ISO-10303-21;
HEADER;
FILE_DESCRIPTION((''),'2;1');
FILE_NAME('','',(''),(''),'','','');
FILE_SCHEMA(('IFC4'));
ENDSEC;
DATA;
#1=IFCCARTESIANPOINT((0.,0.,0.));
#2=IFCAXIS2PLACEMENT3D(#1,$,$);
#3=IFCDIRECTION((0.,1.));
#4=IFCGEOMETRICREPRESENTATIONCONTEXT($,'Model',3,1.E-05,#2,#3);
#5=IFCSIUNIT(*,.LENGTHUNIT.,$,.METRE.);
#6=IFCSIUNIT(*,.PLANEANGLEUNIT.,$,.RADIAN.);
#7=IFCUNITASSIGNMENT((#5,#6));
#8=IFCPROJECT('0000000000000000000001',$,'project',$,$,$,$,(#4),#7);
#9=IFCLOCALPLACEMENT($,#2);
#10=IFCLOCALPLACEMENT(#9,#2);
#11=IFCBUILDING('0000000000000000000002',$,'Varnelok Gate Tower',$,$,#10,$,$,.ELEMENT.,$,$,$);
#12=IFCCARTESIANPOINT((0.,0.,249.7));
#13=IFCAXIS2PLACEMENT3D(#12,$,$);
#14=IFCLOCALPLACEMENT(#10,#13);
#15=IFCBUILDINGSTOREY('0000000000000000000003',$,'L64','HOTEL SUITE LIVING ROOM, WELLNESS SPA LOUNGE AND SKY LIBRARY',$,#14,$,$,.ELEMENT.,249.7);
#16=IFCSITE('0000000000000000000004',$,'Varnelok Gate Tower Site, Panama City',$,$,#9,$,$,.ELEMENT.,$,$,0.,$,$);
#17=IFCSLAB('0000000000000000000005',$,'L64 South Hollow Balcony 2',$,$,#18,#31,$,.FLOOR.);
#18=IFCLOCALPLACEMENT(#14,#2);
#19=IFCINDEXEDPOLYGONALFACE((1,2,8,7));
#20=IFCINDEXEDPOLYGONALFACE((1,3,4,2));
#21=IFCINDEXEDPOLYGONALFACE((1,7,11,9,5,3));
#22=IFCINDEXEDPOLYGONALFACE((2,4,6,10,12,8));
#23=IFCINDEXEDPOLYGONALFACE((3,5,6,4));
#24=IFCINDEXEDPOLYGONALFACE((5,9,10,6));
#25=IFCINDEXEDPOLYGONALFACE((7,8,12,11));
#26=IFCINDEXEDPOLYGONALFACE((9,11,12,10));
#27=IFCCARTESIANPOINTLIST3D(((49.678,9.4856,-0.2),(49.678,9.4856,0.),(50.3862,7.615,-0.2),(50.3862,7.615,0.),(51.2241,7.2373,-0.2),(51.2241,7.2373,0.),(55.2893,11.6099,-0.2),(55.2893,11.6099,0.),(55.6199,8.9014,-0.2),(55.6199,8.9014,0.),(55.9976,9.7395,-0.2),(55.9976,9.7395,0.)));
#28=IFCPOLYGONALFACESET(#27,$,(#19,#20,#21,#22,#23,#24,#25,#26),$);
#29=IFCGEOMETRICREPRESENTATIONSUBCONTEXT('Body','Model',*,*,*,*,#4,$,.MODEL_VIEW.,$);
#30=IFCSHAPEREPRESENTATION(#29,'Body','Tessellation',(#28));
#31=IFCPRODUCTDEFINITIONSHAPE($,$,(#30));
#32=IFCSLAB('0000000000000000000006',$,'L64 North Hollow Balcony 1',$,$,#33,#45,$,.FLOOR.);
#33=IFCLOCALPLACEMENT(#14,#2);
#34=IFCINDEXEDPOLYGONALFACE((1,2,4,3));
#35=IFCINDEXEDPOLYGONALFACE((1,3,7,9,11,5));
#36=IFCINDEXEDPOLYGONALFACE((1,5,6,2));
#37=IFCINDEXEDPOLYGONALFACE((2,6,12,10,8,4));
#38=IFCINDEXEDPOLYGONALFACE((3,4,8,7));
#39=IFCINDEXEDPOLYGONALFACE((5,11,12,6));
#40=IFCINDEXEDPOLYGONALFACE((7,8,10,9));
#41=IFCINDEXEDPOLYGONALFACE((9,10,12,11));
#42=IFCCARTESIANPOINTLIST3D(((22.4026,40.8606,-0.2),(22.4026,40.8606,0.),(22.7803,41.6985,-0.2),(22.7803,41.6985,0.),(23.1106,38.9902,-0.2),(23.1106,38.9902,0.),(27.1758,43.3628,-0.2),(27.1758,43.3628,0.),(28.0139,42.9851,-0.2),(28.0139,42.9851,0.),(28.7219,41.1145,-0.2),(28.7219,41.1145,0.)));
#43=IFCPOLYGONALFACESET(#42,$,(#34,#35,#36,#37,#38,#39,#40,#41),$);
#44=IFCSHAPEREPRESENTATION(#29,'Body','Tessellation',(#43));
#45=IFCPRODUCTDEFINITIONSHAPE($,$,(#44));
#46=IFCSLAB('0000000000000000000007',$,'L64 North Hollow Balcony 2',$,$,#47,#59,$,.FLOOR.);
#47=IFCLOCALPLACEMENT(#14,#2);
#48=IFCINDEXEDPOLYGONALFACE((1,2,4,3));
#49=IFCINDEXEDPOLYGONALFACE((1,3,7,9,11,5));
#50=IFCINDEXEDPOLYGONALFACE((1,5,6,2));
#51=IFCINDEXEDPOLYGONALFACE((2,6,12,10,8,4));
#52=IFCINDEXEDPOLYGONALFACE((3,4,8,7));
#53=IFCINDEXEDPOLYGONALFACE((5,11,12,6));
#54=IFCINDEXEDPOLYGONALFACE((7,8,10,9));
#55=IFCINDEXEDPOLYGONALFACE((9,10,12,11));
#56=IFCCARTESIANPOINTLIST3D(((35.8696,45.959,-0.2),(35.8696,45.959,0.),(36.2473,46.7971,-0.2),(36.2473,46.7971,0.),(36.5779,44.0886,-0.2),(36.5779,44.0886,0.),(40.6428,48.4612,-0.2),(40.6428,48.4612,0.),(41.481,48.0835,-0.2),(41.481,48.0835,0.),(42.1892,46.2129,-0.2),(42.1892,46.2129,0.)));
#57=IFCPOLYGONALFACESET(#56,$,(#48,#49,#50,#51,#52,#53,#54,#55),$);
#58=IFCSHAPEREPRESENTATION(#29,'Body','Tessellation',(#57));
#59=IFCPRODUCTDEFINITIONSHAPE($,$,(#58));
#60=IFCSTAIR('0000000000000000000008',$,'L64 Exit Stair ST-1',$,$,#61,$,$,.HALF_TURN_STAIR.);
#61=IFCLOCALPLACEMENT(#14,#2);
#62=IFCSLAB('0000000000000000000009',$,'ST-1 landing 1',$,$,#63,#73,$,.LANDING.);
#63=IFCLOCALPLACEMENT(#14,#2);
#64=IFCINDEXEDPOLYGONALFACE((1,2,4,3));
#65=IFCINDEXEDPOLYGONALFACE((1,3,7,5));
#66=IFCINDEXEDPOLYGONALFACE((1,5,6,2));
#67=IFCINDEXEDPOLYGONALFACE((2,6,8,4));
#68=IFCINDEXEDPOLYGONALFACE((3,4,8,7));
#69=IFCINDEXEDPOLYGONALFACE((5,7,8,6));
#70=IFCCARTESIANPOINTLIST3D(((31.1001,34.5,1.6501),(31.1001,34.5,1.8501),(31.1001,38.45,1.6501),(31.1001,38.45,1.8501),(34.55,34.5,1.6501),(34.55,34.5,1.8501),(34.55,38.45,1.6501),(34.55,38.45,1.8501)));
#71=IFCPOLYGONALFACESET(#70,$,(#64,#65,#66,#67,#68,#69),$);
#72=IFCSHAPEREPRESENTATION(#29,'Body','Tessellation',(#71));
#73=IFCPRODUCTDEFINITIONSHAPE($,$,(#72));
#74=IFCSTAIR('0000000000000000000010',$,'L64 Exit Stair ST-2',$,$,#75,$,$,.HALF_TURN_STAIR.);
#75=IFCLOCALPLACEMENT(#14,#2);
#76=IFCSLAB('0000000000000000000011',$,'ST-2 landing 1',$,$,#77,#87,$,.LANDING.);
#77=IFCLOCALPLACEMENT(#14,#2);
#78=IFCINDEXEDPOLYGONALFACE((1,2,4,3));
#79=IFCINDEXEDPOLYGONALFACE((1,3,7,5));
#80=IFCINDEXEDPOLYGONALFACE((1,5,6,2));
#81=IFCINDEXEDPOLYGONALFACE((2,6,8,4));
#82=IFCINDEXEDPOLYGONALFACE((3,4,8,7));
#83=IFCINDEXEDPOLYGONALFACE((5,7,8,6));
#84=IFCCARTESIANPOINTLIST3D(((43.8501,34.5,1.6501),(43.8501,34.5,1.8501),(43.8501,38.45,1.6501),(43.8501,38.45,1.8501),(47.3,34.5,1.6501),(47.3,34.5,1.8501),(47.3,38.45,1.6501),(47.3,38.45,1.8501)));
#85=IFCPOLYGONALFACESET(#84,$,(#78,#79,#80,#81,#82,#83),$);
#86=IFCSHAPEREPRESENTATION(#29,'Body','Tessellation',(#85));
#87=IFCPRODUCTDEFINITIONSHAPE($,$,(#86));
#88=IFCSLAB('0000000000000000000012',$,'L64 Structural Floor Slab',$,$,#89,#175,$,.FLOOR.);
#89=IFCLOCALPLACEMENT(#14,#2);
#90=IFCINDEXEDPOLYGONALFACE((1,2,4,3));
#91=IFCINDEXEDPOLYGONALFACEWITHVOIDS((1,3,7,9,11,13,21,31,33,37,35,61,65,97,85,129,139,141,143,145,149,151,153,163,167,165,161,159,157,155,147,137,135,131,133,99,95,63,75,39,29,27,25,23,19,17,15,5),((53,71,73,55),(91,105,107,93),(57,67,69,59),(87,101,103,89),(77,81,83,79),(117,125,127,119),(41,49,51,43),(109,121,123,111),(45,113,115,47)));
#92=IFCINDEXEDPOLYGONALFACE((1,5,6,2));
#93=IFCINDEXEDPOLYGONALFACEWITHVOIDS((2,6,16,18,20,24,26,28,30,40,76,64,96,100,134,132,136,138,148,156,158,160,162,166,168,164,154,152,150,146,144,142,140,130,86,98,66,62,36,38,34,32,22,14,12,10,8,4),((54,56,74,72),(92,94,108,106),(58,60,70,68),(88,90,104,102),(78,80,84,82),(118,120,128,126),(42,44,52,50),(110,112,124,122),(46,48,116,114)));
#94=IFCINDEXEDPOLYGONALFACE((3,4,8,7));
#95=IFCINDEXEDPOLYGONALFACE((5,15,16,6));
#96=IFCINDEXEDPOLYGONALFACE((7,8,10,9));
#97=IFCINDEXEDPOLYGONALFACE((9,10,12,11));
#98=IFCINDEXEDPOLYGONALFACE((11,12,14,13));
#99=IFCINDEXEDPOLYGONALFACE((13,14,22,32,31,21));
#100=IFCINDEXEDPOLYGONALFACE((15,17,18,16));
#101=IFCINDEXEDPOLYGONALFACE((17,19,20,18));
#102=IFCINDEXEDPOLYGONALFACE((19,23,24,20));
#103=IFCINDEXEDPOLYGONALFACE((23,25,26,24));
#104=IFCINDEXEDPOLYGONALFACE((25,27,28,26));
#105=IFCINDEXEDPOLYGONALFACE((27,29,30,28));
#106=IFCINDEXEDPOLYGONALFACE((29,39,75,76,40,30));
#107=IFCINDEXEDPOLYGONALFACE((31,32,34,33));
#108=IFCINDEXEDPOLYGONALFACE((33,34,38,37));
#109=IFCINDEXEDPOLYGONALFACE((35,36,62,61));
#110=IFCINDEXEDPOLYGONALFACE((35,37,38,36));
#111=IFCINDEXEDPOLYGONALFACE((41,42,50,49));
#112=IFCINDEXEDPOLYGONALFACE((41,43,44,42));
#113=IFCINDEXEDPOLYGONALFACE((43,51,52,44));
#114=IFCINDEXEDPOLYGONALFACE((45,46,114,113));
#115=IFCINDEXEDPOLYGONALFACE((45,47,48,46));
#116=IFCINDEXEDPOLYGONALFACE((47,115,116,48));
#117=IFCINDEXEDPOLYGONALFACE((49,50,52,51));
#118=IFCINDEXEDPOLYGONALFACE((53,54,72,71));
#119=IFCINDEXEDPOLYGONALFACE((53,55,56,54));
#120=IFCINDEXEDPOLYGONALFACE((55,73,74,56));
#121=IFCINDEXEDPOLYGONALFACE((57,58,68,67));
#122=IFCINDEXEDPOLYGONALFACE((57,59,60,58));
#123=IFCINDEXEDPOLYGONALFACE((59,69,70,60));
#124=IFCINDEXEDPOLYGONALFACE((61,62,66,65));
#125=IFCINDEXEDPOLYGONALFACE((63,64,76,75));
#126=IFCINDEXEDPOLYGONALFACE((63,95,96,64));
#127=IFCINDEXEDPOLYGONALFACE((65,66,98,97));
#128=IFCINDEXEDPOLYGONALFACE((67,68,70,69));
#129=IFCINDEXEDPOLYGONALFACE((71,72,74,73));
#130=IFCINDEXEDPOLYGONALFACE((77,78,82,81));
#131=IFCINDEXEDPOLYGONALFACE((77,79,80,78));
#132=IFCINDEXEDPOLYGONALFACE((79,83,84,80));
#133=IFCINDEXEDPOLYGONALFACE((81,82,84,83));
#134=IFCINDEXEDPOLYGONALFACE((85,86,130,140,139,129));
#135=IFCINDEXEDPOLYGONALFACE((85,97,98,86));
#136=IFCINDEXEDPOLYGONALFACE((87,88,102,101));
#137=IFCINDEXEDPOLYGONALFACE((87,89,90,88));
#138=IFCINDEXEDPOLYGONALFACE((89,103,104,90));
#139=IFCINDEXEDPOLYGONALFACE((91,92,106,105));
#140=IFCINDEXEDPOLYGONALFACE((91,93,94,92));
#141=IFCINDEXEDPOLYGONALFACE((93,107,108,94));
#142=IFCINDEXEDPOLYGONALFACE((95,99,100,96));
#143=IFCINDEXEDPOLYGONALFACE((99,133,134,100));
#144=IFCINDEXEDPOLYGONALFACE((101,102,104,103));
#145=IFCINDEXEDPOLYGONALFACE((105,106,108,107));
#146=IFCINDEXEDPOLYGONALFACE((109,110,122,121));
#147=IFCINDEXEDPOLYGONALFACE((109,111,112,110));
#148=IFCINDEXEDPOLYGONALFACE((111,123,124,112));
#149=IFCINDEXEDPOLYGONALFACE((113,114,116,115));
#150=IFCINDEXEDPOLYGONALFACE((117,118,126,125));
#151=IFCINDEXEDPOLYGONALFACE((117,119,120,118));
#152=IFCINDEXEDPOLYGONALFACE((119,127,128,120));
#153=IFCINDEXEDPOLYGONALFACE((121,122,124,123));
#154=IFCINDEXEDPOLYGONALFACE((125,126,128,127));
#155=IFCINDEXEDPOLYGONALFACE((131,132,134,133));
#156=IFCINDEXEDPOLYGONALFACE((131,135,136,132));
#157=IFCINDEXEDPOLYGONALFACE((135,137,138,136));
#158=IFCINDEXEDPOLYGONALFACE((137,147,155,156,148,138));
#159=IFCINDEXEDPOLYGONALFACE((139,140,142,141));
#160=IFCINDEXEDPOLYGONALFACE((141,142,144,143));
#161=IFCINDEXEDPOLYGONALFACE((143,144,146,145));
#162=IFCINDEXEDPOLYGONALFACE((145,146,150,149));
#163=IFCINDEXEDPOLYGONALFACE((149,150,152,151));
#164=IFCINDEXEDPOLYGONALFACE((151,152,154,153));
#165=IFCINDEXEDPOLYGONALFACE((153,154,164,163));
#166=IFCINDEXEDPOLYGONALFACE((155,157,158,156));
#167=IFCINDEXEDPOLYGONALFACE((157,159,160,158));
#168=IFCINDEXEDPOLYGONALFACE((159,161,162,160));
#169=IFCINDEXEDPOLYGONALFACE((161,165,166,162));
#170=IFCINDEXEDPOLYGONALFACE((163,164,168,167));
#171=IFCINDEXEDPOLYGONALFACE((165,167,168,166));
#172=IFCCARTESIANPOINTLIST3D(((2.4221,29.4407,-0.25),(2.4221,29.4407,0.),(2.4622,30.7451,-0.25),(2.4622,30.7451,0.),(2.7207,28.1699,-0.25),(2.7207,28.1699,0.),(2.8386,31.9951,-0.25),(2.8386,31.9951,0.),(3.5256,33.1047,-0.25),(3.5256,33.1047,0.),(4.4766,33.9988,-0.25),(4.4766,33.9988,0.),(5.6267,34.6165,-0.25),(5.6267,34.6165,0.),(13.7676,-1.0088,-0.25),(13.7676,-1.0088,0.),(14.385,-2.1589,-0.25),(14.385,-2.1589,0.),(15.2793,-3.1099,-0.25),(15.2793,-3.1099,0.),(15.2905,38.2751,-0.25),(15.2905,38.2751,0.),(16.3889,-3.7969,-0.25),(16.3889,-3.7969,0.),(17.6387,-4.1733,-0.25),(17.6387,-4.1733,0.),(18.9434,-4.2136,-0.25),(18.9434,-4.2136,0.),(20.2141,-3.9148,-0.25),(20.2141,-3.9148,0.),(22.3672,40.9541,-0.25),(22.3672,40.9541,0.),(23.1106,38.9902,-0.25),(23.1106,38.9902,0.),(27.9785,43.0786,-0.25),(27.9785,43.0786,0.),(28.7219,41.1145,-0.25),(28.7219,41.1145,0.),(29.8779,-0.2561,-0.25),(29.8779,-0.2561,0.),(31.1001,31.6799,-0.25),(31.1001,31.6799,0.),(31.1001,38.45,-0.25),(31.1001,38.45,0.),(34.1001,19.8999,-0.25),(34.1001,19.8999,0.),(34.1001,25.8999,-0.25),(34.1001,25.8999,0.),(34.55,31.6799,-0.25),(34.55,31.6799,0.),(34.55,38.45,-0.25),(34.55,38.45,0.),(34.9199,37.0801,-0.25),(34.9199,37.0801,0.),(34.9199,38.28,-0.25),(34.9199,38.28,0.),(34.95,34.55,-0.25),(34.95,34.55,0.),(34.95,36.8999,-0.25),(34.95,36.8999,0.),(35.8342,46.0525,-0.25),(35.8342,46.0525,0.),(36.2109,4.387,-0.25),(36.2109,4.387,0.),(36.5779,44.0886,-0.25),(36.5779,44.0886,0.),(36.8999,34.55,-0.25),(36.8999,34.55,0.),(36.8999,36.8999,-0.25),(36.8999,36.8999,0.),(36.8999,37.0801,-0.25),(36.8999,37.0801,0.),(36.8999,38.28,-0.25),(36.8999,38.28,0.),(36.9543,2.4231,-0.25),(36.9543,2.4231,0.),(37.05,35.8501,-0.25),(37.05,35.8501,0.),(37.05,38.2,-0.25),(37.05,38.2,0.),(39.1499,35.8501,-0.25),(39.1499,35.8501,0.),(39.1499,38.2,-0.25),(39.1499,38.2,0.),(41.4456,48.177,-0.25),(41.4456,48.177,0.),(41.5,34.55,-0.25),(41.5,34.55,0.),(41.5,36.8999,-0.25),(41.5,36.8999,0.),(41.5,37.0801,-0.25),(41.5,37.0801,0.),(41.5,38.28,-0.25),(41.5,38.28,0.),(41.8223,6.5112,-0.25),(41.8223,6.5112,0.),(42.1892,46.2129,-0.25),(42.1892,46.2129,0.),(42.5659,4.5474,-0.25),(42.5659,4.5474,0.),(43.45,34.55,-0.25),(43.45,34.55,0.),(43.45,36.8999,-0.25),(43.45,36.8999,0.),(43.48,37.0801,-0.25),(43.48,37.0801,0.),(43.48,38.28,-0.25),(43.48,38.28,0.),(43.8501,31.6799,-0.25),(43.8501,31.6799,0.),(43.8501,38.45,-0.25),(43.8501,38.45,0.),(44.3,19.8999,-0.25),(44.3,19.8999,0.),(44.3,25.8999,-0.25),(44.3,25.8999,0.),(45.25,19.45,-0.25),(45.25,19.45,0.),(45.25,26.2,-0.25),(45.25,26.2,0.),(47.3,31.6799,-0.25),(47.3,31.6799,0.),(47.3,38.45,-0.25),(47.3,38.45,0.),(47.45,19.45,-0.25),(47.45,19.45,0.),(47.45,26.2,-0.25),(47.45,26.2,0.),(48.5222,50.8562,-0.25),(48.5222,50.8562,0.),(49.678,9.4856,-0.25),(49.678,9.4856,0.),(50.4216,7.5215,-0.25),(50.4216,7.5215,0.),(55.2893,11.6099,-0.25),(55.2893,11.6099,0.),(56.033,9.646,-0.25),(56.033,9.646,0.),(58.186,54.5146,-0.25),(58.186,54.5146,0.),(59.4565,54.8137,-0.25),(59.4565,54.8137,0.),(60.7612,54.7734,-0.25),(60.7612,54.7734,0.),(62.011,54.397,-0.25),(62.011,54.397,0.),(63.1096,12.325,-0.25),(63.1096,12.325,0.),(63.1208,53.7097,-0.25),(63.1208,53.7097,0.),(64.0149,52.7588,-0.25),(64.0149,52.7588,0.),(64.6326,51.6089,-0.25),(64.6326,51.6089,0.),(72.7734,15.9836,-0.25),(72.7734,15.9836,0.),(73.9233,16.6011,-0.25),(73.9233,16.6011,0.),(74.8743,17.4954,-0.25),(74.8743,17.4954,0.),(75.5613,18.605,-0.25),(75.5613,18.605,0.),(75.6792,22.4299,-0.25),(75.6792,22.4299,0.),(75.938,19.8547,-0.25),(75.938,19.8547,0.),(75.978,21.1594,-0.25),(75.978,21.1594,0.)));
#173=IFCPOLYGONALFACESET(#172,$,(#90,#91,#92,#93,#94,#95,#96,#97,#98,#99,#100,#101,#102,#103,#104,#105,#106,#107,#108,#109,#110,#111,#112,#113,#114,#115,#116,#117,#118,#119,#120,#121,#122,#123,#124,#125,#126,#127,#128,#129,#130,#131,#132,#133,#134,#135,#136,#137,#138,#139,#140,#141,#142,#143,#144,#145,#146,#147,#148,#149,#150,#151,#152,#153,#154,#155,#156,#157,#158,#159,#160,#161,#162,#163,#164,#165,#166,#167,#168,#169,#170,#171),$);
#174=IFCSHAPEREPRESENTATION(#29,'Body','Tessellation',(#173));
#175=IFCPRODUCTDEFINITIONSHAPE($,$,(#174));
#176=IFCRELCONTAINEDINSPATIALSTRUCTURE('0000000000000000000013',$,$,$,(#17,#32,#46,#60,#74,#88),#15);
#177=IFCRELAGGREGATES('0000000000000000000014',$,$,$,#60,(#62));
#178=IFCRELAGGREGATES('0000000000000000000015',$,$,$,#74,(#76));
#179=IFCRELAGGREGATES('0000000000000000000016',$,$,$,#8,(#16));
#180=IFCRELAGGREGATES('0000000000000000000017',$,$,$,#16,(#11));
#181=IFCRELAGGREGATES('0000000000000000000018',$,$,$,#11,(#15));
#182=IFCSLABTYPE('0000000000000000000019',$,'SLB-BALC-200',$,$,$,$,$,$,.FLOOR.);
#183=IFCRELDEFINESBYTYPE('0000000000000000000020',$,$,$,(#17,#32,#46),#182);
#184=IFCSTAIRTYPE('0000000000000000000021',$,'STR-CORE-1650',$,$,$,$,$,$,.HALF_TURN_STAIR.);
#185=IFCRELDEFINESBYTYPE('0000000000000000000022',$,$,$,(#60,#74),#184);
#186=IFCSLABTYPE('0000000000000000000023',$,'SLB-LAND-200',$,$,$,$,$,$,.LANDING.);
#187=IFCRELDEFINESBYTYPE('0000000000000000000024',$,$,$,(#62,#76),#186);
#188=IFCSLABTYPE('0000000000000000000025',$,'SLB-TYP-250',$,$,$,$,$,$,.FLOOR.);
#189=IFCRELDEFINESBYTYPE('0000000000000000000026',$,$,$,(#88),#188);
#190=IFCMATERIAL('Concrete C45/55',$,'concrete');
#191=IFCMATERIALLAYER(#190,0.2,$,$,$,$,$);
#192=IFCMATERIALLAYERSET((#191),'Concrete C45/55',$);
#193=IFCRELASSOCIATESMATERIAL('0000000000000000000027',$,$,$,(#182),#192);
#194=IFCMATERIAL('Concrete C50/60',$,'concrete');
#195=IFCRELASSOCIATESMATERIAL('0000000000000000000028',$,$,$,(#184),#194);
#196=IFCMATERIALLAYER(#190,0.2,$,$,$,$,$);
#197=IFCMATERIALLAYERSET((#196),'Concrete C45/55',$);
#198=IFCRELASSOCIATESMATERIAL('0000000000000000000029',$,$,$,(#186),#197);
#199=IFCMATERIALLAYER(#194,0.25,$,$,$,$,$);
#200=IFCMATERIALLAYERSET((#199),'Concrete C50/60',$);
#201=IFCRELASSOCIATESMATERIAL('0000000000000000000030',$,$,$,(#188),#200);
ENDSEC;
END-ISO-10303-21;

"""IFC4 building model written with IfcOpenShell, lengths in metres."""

from ifc_helpers import new_model, si_unit, direction, frame, origin, place, context, subcontext, project, spatial, polyline, outline, extrude, material, layer, layer_set, type_object, element, aggregate, save


model = new_model("IFC4")

# Units and contexts
model_context = context("Model", 3, precision=1e-05, world=origin(), true_north=direction((0.0, 1.0)))
body_context = subcontext(model_context, "Body", "Model", "MODEL_VIEW")
ifc_project = project(units=[si_unit("LENGTHUNIT", "METRE"), si_unit("PLANEANGLEUNIT", "RADIAN")], contexts=[model_context])

# Site, building, storey
site_placement = place(None, origin())
site = spatial("IfcSite", under=ifc_project, at=site_placement, Name="Varnelok Gate Tower Site, Panama City", CompositionType="ELEMENT", RefElevation=0.0)
building_placement = place(site_placement, origin())
building = spatial("IfcBuilding", under=site, at=building_placement, Name="Varnelok Gate Tower", CompositionType="ELEMENT")
storey_placement = place(building_placement, frame((0.0, 0.0, 249.7)))
storey = spatial("IfcBuildingStorey", under=building, at=storey_placement, Name="L64", Description="HOTEL SUITE LIVING ROOM, WELLNESS SPA LOUNGE AND SKY LIBRARY", CompositionType="ELEMENT", Elevation=249.7)

# Slabs
ifc_material_1 = material(Name="Concrete C45/55", Category="concrete")
ifc_layer_1 = layer(ifc_material_1, 0.2)
ifc_layer_set_1 = layer_set([ifc_layer_1], Name="Concrete C45/55")
slab_type_1 = type_object("IfcSlabType", Name="SLB-BALC-200", PredefinedType="FLOOR", material=ifc_layer_set_1)
slab_1_placement = place(storey_placement, frame((0.0, 0.0, -0.2)))
element("IfcSlab", 1, at=slab_1_placement, inside=storey, type_object=slab_type_1, Name="L64 South Hollow Balcony 2", PredefinedType="FLOOR", context=body_context, shape_type="SweptSolid", body=[
    extrude(outline(polyline([(50.3862, 7.615), (51.2241, 7.2373), (55.6199, 8.9014), (55.9976, 9.7395), (55.2893, 11.6099), (49.678, 9.4856), (50.3862, 7.615)])), origin(), (0.0, 0.0, 1.0), 0.2),
])
slab_2_placement = place(storey_placement, frame((0.0, 0.0, -0.2)))
element("IfcSlab", 2, at=slab_2_placement, inside=storey, type_object=slab_type_1, Name="L64 North Hollow Balcony 1", PredefinedType="FLOOR", context=body_context, shape_type="SweptSolid", body=[
    extrude(outline(polyline([(23.1106, 38.9902), (28.7219, 41.1145), (28.0139, 42.9851), (27.1758, 43.3628), (22.7803, 41.6985), (22.4026, 40.8606), (23.1106, 38.9902)])), origin(), (0.0, 0.0, 1.0), 0.2),
])
slab_3_placement = place(storey_placement, frame((0.0, 0.0, -0.2)))
element("IfcSlab", 3, at=slab_3_placement, inside=storey, type_object=slab_type_1, Name="L64 North Hollow Balcony 2", PredefinedType="FLOOR", context=body_context, shape_type="SweptSolid", body=[
    extrude(outline(polyline([(36.5779, 44.0886), (42.1892, 46.2129), (41.481, 48.0835), (40.6428, 48.4612), (36.2473, 46.7971), (35.8696, 45.959), (36.5779, 44.0886)])), origin(), (0.0, 0.0, 1.0), 0.2),
])

# Stairs, slabs
ifc_material_2 = material(Name="Concrete C50/60", Category="concrete")
stair_type = type_object("IfcStairType", Name="STR-CORE-1650", PredefinedType="HALF_TURN_STAIR", material=ifc_material_2)
stair_1_placement = place(storey_placement, origin())
stair_1 = element("IfcStair", 4, at=stair_1_placement, inside=storey, type_object=stair_type, Name="L64 Exit Stair ST-1", PredefinedType="HALF_TURN_STAIR")
ifc_layer_2 = layer(ifc_material_1, 0.2)
ifc_layer_set_2 = layer_set([ifc_layer_2], Name="Concrete C45/55")
slab_type_2 = type_object("IfcSlabType", Name="SLB-LAND-200", PredefinedType="LANDING", material=ifc_layer_set_2)
slab_4_placement = place(storey_placement, frame((0.0, 0.0, 1.6501)))
slab_4 = element("IfcSlab", 5, at=slab_4_placement, type_object=slab_type_2, Name="ST-1 landing 1", PredefinedType="LANDING", context=body_context, shape_type="SweptSolid", body=[
    extrude(outline(polyline([(34.55, 34.5), (34.55, 38.45), (31.1001, 38.45), (31.1001, 34.5), (34.55, 34.5)])), origin(), (0.0, 0.0, 1.0), 0.2),
])
aggregate(stair_1, [slab_4])
stair_2_placement = place(storey_placement, origin())
stair_2 = element("IfcStair", 6, at=stair_2_placement, inside=storey, type_object=stair_type, Name="L64 Exit Stair ST-2", PredefinedType="HALF_TURN_STAIR")
slab_5_placement = place(storey_placement, frame((0.0, 0.0, 1.6501)))
slab_5 = element("IfcSlab", 7, at=slab_5_placement, type_object=slab_type_2, Name="ST-2 landing 1", PredefinedType="LANDING", context=body_context, shape_type="SweptSolid", body=[
    extrude(outline(polyline([(47.3, 34.5), (47.3, 38.45), (43.8501, 38.45), (43.8501, 34.5), (47.3, 34.5)])), origin(), (0.0, 0.0, 1.0), 0.2),
])
aggregate(stair_2, [slab_5])

# Slab
ifc_layer_3 = layer(ifc_material_2, 0.25)
ifc_layer_set_3 = layer_set([ifc_layer_3], Name="Concrete C50/60")
slab_type_3 = type_object("IfcSlabType", Name="SLB-TYP-250", PredefinedType="FLOOR", material=ifc_layer_set_3)
slab_6_placement = place(storey_placement, frame((0.0, 0.0, -0.25)))
element("IfcSlab", 8, at=slab_6_placement, inside=storey, type_object=slab_type_3, Name="L64 Structural Floor Slab", PredefinedType="FLOOR", context=body_context, shape_type="SweptSolid", body=[
    extrude(outline(polyline([(13.7676, -1.0088), (14.385, -2.1589), (15.2793, -3.1099), (16.3889, -3.7969), (17.6387, -4.1733), (18.9434, -4.2136), (20.2141, -3.9148), (29.8779, -0.2561), (36.9543, 2.4231), (36.2109, 4.387), (41.8223, 6.5112), (42.5659, 4.5474), (50.4216, 7.5215), (49.678, 9.4856), (55.2893, 11.6099), (56.033, 9.646), (63.1096, 12.325), (72.7734, 15.9836), (73.9233, 16.6011), (74.8743, 17.4954), (75.5613, 18.605), (75.938, 19.8547), (75.978, 21.1594), (75.6792, 22.4299), (64.6326, 51.6089), (64.0149, 52.7588), (63.1208, 53.7097), (62.011, 54.397), (60.7612, 54.7734), (59.4565, 54.8137), (58.186, 54.5146), (48.5222, 50.8562), (41.4456, 48.177), (42.1892, 46.2129), (36.5779, 44.0886), (35.8342, 46.0525), (27.9785, 43.0786), (28.7219, 41.1145), (23.1106, 38.9902), (22.3672, 40.9541), (15.2905, 38.2751), (5.6267, 34.6165), (4.4766, 33.9988), (3.5256, 33.1047), (2.8386, 31.9951), (2.4622, 30.7451), (2.4221, 29.4407), (2.7207, 28.1699), (13.7676, -1.0088)]), holes=[polyline([(34.55, 31.6799), (34.55, 38.45), (31.1001, 38.45), (31.1001, 31.6799), (34.55, 31.6799)]), polyline([(47.3, 31.6799), (47.3, 38.45), (43.8501, 38.45), (43.8501, 31.6799), (47.3, 31.6799)]), polyline([(34.95, 34.55), (36.8999, 34.55), (36.8999, 36.8999), (34.95, 36.8999), (34.95, 34.55)]), polyline([(41.5, 34.55), (43.45, 34.55), (43.45, 36.8999), (41.5, 36.8999), (41.5, 34.55)]), polyline([(37.05, 35.8501), (39.1499, 35.8501), (39.1499, 38.2), (37.05, 38.2), (37.05, 35.8501)]), polyline([(45.25, 19.45), (47.45, 19.45), (47.45, 26.2), (45.25, 26.2), (45.25, 19.45)]), polyline([(34.9199, 37.0801), (36.8999, 37.0801), (36.8999, 38.28), (34.9199, 38.28), (34.9199, 37.0801)]), polyline([(41.5, 37.0801), (43.48, 37.0801), (43.48, 38.28), (41.5, 38.28), (41.5, 37.0801)]), polyline([(34.1001, 19.8999), (44.3, 19.8999), (44.3, 25.8999), (34.1001, 25.8999), (34.1001, 19.8999)])]), origin(), (0.0, 0.0, 1.0), 0.25),
])

save(model, "model.ifc")
